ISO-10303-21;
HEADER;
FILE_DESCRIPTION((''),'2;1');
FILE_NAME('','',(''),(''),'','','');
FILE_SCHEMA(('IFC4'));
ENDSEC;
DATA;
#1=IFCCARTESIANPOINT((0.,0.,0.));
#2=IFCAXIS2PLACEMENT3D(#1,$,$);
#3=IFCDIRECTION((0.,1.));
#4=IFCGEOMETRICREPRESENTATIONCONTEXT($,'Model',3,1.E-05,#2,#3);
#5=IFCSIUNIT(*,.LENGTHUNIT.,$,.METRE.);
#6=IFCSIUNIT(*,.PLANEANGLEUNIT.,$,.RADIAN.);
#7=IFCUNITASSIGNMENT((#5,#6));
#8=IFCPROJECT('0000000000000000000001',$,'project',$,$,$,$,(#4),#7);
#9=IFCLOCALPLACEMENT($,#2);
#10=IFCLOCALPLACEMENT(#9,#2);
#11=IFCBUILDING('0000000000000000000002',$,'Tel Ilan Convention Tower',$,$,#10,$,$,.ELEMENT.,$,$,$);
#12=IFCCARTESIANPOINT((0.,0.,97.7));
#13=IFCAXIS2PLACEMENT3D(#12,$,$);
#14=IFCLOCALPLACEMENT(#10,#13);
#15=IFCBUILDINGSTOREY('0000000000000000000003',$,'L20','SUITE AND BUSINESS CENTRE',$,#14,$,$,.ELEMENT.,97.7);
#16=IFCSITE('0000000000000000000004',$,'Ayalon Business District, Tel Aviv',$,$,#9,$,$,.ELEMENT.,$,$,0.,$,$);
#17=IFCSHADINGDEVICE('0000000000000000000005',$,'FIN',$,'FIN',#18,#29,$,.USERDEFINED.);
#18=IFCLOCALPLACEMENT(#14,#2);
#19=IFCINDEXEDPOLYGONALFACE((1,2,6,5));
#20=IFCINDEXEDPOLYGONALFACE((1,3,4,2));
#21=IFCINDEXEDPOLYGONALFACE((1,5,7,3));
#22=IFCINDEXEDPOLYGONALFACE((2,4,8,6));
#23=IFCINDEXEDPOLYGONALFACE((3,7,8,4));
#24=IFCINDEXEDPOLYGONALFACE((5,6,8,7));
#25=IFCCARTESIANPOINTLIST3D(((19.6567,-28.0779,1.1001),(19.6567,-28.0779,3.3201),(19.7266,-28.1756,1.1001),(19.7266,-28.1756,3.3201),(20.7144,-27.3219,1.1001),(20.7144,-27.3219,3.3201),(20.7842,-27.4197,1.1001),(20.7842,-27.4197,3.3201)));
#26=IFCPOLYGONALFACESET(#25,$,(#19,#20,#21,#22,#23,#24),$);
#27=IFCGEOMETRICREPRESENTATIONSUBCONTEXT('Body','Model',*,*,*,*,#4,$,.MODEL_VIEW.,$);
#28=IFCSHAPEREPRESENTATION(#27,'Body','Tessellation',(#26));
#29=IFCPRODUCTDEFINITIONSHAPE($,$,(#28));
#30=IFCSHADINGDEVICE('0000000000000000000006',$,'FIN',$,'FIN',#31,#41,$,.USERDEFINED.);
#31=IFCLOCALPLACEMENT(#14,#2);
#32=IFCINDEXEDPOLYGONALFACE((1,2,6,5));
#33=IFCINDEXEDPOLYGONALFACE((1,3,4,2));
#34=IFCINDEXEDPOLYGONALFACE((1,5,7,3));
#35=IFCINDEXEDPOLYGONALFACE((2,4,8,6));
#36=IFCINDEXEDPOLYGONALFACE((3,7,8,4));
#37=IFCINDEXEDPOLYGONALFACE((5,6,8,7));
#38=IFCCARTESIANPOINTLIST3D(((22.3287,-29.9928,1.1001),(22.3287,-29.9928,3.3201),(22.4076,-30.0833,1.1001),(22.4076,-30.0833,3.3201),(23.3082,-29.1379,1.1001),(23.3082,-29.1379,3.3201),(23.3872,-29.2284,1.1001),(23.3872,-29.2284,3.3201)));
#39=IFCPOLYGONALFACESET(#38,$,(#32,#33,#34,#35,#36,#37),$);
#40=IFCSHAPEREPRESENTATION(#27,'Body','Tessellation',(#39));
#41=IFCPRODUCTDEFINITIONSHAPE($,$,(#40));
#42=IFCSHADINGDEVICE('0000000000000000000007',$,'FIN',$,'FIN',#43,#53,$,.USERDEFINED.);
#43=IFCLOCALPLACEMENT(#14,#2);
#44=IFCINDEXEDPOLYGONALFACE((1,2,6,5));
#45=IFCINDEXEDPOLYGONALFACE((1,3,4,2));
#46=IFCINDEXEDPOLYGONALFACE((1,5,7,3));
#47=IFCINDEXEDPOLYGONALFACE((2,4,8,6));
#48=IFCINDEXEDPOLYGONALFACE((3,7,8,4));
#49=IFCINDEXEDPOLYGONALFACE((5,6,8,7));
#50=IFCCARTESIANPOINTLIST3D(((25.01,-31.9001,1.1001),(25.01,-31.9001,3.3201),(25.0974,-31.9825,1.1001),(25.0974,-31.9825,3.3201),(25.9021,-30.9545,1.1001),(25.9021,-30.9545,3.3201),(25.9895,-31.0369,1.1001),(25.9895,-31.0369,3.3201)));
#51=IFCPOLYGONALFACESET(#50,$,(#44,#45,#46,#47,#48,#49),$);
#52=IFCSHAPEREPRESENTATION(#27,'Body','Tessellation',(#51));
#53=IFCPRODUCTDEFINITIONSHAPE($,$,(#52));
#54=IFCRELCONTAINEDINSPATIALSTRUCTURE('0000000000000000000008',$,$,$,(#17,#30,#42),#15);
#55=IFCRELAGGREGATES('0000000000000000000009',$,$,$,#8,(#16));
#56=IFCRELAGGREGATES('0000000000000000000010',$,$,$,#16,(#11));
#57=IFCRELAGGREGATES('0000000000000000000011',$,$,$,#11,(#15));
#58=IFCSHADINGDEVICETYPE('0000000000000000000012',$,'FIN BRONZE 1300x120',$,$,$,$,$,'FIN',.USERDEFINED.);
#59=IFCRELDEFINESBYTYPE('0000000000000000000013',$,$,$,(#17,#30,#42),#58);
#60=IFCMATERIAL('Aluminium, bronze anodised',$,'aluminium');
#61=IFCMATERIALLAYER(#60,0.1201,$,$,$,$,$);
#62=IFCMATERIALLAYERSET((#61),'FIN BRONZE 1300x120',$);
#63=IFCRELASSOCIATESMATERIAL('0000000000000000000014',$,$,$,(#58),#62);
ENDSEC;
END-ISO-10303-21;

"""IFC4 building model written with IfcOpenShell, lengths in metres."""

from ifc_helpers import new_model, si_unit, direction, frame, origin, origin_2d, place, context, subcontext, project, spatial, rectangle, extrude, material, layer, layer_set, type_object, element, save


model = new_model("IFC4")

# Units and contexts
model_context = context("Model", 3, precision=1e-05, world=origin(), true_north=direction((0.0, 1.0)))
body_context = subcontext(model_context, "Body", "Model", "MODEL_VIEW")
ifc_project = project(units=[si_unit("LENGTHUNIT", "METRE"), si_unit("PLANEANGLEUNIT", "RADIAN")], contexts=[model_context])

# Site, building, storey
site_placement = place(None, origin())
site = spatial("IfcSite", under=ifc_project, at=site_placement, Name="Ayalon Business District, Tel Aviv", CompositionType="ELEMENT", RefElevation=0.0)
building_placement = place(site_placement, origin())
building = spatial("IfcBuilding", under=site, at=building_placement, Name="Tel Ilan Convention Tower", CompositionType="ELEMENT")
storey_placement = place(building_placement, frame((0.0, 0.0, 97.7)))
storey = spatial("IfcBuildingStorey", under=building, at=storey_placement, Name="L20", Description="SUITE AND BUSINESS CENTRE", CompositionType="ELEMENT", Elevation=97.7)

# Shading devices
ifc_material_1 = material(Name="Aluminium, bronze anodised", Category="aluminium")
ifc_layer_1 = layer(ifc_material_1, 0.1201)
ifc_layer_set_1 = layer_set([ifc_layer_1], Name="FIN BRONZE 1300x120")
shading_device_type = type_object("IfcShadingDeviceType", Name="FIN BRONZE 1300x120", ElementType="FIN", PredefinedType="USERDEFINED", material=ifc_layer_set_1)
for number, where, z_axis, x_axis, name in (
    (1, (20.2205, -27.7488, 1.1001), (0.0, 0.0, 1.0), (-0.813552, -0.581492, 0.0), "FIN"),
    (2, (22.8579, -29.6106, 1.1001), (0.0, 0.0, 1.0), (-0.753436, -0.657521, 0.0), "FIN"),
    (3, (25.4998, -31.4685, 1.1001), (0.0, 0.0, 1.0), (-0.686242, -0.727374, 0.0), "FIN"),
):
    element("IfcShadingDevice", number, at=place(storey_placement, frame(where, z_axis=z_axis, x_axis=x_axis)), inside=storey, type_object=shading_device_type, Name=name, ObjectType="FIN", PredefinedType="USERDEFINED", context=body_context, shape_type="SweptSolid", body=[
        extrude(rectangle(XDim=1.3, YDim=0.1201, at=origin_2d()), origin(), (0.0, 0.0, 1.0), 2.22),
    ])

save(model, "model.ifc")
